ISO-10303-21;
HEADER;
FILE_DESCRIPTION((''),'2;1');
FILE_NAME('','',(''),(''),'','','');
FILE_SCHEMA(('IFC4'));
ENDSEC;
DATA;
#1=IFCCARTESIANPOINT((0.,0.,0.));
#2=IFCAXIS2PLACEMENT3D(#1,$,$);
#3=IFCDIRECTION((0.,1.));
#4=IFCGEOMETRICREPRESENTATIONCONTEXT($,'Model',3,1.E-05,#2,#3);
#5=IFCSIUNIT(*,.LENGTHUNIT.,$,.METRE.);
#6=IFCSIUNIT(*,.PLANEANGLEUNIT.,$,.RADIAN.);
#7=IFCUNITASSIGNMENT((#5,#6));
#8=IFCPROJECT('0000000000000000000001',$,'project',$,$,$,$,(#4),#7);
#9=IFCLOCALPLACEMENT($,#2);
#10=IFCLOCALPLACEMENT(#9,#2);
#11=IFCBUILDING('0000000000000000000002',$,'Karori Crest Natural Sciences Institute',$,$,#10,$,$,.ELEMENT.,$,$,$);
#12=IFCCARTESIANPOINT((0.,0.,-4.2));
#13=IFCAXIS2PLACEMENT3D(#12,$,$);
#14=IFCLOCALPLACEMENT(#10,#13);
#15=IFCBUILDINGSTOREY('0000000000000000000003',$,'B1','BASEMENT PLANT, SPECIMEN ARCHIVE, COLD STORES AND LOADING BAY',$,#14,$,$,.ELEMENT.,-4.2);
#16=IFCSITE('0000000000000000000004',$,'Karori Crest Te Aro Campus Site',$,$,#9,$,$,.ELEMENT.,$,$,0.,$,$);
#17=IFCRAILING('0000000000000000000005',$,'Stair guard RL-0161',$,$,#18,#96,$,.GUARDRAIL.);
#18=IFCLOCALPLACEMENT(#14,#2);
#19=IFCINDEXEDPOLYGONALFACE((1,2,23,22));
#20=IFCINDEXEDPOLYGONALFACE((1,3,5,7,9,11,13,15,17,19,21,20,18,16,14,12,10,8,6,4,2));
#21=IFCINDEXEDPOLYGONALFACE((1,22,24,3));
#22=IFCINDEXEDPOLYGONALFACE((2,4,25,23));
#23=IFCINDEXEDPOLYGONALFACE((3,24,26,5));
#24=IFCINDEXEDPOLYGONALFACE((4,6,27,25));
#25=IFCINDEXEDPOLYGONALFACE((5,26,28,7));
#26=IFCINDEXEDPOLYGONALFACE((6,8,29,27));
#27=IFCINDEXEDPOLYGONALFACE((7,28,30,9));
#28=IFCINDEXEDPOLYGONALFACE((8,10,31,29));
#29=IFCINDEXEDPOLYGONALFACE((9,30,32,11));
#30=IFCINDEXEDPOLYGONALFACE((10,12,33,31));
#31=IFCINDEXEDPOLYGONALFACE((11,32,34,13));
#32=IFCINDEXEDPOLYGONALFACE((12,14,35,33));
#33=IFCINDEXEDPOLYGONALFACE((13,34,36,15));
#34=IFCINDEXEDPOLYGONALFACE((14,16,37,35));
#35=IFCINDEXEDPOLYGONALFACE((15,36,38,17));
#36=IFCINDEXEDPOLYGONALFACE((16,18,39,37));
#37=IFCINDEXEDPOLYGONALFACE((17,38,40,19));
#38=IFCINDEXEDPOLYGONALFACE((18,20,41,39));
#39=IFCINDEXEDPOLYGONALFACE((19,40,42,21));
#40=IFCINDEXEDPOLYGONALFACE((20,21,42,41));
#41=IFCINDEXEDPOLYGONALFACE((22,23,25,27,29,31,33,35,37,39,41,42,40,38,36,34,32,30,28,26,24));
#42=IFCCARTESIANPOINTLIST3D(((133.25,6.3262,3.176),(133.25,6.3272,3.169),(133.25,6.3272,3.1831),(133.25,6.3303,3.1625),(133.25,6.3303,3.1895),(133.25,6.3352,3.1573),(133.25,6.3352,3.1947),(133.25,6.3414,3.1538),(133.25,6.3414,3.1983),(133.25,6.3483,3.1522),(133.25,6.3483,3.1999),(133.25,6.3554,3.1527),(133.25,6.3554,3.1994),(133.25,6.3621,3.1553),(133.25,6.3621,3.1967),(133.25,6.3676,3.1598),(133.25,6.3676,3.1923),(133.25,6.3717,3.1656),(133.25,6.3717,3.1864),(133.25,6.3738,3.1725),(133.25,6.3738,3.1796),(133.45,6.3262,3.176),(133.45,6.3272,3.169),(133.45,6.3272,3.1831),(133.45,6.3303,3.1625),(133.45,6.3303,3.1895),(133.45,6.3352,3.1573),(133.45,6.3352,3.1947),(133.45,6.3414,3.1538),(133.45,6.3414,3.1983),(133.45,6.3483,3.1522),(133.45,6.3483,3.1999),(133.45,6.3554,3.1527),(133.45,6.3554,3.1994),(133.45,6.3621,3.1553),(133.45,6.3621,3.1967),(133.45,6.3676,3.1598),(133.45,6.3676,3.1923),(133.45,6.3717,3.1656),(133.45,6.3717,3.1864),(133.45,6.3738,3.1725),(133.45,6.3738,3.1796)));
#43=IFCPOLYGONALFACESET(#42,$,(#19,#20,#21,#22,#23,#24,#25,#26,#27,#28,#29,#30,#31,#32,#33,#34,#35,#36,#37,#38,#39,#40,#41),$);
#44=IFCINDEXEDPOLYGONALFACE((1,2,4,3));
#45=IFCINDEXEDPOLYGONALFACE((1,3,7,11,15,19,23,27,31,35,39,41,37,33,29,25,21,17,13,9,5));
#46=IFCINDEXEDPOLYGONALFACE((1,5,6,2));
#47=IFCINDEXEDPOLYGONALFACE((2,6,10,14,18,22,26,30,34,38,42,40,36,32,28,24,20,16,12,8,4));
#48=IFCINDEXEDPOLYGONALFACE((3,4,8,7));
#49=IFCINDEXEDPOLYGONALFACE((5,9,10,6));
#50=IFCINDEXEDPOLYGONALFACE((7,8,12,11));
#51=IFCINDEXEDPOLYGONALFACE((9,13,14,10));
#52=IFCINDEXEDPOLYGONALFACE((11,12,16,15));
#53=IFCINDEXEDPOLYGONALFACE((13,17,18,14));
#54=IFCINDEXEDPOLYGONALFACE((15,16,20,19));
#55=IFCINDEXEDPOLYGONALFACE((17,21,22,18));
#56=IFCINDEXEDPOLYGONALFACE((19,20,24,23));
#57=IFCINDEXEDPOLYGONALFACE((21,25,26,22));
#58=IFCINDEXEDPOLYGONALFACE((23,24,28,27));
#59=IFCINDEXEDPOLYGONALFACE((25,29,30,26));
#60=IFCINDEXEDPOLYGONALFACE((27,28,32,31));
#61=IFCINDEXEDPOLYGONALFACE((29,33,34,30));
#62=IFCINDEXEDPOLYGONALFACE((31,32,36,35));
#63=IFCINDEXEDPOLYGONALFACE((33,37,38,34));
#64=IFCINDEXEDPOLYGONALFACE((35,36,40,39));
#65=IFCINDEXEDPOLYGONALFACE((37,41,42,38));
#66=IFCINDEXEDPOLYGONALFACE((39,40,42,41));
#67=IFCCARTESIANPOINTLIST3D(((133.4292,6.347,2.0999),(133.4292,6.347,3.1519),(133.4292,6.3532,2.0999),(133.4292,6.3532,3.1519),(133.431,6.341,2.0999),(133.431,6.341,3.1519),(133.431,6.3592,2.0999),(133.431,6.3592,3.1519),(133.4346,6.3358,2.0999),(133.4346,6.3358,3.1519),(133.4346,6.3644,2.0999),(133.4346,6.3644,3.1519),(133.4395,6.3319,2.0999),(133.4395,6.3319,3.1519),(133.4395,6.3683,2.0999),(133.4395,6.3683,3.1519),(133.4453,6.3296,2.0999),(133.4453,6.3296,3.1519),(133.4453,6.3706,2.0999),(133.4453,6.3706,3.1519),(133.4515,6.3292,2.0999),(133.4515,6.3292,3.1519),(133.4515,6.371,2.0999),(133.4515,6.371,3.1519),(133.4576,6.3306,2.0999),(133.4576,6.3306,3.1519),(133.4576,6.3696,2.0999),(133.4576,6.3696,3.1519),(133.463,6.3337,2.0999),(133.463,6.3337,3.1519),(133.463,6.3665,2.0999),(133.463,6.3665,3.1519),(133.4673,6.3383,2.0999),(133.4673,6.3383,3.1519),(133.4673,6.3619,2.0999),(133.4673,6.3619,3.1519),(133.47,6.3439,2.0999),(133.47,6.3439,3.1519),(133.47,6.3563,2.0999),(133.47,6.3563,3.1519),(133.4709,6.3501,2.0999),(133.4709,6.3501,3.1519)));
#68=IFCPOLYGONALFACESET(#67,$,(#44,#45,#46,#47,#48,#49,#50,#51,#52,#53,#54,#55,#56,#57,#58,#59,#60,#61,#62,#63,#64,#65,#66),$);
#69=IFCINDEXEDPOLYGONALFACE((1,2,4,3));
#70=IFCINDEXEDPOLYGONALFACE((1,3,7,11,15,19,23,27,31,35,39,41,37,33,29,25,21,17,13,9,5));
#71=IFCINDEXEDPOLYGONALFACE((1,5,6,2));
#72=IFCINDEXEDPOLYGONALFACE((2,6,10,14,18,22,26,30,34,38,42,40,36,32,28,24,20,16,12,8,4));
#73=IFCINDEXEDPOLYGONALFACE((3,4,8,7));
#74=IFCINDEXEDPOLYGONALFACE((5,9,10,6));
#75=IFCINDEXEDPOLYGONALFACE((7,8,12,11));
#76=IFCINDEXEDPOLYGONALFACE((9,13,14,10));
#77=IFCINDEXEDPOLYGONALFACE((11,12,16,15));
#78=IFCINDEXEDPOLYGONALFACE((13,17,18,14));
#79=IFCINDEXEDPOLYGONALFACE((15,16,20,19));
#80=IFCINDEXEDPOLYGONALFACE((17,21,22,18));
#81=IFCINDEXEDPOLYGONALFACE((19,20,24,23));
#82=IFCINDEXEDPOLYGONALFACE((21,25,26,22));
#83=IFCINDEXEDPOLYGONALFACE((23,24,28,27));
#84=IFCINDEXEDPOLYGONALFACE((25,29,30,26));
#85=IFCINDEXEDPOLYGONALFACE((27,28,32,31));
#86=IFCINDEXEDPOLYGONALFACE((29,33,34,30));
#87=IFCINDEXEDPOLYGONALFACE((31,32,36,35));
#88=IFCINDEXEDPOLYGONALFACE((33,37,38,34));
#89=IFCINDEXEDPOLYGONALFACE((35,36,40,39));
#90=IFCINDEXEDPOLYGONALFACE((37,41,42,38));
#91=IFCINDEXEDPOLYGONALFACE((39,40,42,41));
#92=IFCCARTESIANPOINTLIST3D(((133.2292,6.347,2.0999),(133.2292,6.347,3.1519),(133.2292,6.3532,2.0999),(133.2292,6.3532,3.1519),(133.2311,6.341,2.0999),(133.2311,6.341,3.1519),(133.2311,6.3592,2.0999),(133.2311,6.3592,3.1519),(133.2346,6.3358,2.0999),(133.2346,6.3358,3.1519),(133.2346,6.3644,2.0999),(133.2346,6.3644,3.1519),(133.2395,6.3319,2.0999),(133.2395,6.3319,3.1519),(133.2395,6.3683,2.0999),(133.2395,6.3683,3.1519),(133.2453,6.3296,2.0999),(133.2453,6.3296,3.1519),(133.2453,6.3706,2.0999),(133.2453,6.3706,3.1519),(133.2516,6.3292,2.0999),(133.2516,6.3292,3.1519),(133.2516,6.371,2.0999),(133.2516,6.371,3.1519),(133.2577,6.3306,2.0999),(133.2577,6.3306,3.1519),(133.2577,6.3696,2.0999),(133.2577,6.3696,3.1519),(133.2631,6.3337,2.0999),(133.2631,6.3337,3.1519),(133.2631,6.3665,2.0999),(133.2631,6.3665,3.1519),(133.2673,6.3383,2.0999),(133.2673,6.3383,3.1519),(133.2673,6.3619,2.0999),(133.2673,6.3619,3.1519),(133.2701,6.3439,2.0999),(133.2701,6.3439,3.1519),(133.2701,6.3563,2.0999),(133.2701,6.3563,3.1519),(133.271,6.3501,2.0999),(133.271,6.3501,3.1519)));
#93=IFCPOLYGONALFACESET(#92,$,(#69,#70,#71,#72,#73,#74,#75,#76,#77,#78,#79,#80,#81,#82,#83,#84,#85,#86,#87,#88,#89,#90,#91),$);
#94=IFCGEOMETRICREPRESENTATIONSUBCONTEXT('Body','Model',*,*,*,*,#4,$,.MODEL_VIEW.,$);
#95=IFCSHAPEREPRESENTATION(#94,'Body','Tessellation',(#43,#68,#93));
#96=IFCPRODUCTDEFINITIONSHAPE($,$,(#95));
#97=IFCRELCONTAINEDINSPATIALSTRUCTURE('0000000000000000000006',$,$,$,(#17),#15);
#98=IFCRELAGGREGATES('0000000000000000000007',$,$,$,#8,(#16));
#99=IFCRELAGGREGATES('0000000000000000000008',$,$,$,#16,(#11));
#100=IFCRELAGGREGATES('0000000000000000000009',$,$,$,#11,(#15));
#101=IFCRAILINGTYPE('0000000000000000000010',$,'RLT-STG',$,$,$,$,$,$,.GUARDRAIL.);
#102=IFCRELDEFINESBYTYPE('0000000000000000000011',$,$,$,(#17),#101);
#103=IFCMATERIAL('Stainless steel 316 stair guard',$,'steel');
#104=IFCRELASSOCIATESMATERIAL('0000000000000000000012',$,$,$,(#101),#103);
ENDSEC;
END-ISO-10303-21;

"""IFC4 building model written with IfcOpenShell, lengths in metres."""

from ifc_helpers import new_model, si_unit, direction, frame, origin, origin_2d, place, context, subcontext, project, spatial, circle, extrude, material, type_object, element, save


model = new_model("IFC4")

# Units and contexts
model_context = context("Model", 3, precision=1e-05, world=origin(), true_north=direction((0.0, 1.0)))
body_context = subcontext(model_context, "Body", "Model", "MODEL_VIEW")
ifc_project = project(units=[si_unit("LENGTHUNIT", "METRE"), si_unit("PLANEANGLEUNIT", "RADIAN")], contexts=[model_context])

# Site, building, storey
site_placement = place(None, origin())
site = spatial("IfcSite", under=ifc_project, at=site_placement, Name="Karori Crest Te Aro Campus Site", CompositionType="ELEMENT", RefElevation=0.0)
building_placement = place(site_placement, origin())
building = spatial("IfcBuilding", under=site, at=building_placement, Name="Karori Crest Natural Sciences Institute", CompositionType="ELEMENT")
storey_placement = place(building_placement, frame((0.0, 0.0, -4.2)))
storey = spatial("IfcBuildingStorey", under=building, at=storey_placement, Name="B1", Description="BASEMENT PLANT, SPECIMEN ARCHIVE, COLD STORES AND LOADING BAY", CompositionType="ELEMENT", Elevation=-4.2)

# Railing
ifc_material_1 = material(Name="Stainless steel 316 stair guard", Category="steel")
railing_type_1 = type_object("IfcRailingType", Name="RLT-STG", PredefinedType="GUARDRAIL", material=ifc_material_1)
railing_1_placement = place(storey_placement, frame((133.45, 6.3501, 2.0999)))
element("IfcRailing", 1, at=railing_1_placement, inside=storey, type_object=railing_type_1, Name="Stair guard RL-0161", PredefinedType="GUARDRAIL", context=body_context, shape_type="SweptSolid", body=[
    extrude(circle(Radius=0.0239, at=origin_2d()), frame((0.0, 0.0, 1.0762), z_axis=(-1.0, 0.0, 0.0), x_axis=(0.0, -1.0, 0.0)), (0.0, 0.0, 1.0), 0.2),
    extrude(circle(Radius=0.021, at=origin_2d()), origin(), (0.0, 0.0, 1.0), 1.052),
    extrude(circle(Radius=0.021, at=origin_2d()), frame((-0.2, 0.0, 0.0)), (0.0, 0.0, 1.0), 1.052),
])

save(model, "model.ifc")
